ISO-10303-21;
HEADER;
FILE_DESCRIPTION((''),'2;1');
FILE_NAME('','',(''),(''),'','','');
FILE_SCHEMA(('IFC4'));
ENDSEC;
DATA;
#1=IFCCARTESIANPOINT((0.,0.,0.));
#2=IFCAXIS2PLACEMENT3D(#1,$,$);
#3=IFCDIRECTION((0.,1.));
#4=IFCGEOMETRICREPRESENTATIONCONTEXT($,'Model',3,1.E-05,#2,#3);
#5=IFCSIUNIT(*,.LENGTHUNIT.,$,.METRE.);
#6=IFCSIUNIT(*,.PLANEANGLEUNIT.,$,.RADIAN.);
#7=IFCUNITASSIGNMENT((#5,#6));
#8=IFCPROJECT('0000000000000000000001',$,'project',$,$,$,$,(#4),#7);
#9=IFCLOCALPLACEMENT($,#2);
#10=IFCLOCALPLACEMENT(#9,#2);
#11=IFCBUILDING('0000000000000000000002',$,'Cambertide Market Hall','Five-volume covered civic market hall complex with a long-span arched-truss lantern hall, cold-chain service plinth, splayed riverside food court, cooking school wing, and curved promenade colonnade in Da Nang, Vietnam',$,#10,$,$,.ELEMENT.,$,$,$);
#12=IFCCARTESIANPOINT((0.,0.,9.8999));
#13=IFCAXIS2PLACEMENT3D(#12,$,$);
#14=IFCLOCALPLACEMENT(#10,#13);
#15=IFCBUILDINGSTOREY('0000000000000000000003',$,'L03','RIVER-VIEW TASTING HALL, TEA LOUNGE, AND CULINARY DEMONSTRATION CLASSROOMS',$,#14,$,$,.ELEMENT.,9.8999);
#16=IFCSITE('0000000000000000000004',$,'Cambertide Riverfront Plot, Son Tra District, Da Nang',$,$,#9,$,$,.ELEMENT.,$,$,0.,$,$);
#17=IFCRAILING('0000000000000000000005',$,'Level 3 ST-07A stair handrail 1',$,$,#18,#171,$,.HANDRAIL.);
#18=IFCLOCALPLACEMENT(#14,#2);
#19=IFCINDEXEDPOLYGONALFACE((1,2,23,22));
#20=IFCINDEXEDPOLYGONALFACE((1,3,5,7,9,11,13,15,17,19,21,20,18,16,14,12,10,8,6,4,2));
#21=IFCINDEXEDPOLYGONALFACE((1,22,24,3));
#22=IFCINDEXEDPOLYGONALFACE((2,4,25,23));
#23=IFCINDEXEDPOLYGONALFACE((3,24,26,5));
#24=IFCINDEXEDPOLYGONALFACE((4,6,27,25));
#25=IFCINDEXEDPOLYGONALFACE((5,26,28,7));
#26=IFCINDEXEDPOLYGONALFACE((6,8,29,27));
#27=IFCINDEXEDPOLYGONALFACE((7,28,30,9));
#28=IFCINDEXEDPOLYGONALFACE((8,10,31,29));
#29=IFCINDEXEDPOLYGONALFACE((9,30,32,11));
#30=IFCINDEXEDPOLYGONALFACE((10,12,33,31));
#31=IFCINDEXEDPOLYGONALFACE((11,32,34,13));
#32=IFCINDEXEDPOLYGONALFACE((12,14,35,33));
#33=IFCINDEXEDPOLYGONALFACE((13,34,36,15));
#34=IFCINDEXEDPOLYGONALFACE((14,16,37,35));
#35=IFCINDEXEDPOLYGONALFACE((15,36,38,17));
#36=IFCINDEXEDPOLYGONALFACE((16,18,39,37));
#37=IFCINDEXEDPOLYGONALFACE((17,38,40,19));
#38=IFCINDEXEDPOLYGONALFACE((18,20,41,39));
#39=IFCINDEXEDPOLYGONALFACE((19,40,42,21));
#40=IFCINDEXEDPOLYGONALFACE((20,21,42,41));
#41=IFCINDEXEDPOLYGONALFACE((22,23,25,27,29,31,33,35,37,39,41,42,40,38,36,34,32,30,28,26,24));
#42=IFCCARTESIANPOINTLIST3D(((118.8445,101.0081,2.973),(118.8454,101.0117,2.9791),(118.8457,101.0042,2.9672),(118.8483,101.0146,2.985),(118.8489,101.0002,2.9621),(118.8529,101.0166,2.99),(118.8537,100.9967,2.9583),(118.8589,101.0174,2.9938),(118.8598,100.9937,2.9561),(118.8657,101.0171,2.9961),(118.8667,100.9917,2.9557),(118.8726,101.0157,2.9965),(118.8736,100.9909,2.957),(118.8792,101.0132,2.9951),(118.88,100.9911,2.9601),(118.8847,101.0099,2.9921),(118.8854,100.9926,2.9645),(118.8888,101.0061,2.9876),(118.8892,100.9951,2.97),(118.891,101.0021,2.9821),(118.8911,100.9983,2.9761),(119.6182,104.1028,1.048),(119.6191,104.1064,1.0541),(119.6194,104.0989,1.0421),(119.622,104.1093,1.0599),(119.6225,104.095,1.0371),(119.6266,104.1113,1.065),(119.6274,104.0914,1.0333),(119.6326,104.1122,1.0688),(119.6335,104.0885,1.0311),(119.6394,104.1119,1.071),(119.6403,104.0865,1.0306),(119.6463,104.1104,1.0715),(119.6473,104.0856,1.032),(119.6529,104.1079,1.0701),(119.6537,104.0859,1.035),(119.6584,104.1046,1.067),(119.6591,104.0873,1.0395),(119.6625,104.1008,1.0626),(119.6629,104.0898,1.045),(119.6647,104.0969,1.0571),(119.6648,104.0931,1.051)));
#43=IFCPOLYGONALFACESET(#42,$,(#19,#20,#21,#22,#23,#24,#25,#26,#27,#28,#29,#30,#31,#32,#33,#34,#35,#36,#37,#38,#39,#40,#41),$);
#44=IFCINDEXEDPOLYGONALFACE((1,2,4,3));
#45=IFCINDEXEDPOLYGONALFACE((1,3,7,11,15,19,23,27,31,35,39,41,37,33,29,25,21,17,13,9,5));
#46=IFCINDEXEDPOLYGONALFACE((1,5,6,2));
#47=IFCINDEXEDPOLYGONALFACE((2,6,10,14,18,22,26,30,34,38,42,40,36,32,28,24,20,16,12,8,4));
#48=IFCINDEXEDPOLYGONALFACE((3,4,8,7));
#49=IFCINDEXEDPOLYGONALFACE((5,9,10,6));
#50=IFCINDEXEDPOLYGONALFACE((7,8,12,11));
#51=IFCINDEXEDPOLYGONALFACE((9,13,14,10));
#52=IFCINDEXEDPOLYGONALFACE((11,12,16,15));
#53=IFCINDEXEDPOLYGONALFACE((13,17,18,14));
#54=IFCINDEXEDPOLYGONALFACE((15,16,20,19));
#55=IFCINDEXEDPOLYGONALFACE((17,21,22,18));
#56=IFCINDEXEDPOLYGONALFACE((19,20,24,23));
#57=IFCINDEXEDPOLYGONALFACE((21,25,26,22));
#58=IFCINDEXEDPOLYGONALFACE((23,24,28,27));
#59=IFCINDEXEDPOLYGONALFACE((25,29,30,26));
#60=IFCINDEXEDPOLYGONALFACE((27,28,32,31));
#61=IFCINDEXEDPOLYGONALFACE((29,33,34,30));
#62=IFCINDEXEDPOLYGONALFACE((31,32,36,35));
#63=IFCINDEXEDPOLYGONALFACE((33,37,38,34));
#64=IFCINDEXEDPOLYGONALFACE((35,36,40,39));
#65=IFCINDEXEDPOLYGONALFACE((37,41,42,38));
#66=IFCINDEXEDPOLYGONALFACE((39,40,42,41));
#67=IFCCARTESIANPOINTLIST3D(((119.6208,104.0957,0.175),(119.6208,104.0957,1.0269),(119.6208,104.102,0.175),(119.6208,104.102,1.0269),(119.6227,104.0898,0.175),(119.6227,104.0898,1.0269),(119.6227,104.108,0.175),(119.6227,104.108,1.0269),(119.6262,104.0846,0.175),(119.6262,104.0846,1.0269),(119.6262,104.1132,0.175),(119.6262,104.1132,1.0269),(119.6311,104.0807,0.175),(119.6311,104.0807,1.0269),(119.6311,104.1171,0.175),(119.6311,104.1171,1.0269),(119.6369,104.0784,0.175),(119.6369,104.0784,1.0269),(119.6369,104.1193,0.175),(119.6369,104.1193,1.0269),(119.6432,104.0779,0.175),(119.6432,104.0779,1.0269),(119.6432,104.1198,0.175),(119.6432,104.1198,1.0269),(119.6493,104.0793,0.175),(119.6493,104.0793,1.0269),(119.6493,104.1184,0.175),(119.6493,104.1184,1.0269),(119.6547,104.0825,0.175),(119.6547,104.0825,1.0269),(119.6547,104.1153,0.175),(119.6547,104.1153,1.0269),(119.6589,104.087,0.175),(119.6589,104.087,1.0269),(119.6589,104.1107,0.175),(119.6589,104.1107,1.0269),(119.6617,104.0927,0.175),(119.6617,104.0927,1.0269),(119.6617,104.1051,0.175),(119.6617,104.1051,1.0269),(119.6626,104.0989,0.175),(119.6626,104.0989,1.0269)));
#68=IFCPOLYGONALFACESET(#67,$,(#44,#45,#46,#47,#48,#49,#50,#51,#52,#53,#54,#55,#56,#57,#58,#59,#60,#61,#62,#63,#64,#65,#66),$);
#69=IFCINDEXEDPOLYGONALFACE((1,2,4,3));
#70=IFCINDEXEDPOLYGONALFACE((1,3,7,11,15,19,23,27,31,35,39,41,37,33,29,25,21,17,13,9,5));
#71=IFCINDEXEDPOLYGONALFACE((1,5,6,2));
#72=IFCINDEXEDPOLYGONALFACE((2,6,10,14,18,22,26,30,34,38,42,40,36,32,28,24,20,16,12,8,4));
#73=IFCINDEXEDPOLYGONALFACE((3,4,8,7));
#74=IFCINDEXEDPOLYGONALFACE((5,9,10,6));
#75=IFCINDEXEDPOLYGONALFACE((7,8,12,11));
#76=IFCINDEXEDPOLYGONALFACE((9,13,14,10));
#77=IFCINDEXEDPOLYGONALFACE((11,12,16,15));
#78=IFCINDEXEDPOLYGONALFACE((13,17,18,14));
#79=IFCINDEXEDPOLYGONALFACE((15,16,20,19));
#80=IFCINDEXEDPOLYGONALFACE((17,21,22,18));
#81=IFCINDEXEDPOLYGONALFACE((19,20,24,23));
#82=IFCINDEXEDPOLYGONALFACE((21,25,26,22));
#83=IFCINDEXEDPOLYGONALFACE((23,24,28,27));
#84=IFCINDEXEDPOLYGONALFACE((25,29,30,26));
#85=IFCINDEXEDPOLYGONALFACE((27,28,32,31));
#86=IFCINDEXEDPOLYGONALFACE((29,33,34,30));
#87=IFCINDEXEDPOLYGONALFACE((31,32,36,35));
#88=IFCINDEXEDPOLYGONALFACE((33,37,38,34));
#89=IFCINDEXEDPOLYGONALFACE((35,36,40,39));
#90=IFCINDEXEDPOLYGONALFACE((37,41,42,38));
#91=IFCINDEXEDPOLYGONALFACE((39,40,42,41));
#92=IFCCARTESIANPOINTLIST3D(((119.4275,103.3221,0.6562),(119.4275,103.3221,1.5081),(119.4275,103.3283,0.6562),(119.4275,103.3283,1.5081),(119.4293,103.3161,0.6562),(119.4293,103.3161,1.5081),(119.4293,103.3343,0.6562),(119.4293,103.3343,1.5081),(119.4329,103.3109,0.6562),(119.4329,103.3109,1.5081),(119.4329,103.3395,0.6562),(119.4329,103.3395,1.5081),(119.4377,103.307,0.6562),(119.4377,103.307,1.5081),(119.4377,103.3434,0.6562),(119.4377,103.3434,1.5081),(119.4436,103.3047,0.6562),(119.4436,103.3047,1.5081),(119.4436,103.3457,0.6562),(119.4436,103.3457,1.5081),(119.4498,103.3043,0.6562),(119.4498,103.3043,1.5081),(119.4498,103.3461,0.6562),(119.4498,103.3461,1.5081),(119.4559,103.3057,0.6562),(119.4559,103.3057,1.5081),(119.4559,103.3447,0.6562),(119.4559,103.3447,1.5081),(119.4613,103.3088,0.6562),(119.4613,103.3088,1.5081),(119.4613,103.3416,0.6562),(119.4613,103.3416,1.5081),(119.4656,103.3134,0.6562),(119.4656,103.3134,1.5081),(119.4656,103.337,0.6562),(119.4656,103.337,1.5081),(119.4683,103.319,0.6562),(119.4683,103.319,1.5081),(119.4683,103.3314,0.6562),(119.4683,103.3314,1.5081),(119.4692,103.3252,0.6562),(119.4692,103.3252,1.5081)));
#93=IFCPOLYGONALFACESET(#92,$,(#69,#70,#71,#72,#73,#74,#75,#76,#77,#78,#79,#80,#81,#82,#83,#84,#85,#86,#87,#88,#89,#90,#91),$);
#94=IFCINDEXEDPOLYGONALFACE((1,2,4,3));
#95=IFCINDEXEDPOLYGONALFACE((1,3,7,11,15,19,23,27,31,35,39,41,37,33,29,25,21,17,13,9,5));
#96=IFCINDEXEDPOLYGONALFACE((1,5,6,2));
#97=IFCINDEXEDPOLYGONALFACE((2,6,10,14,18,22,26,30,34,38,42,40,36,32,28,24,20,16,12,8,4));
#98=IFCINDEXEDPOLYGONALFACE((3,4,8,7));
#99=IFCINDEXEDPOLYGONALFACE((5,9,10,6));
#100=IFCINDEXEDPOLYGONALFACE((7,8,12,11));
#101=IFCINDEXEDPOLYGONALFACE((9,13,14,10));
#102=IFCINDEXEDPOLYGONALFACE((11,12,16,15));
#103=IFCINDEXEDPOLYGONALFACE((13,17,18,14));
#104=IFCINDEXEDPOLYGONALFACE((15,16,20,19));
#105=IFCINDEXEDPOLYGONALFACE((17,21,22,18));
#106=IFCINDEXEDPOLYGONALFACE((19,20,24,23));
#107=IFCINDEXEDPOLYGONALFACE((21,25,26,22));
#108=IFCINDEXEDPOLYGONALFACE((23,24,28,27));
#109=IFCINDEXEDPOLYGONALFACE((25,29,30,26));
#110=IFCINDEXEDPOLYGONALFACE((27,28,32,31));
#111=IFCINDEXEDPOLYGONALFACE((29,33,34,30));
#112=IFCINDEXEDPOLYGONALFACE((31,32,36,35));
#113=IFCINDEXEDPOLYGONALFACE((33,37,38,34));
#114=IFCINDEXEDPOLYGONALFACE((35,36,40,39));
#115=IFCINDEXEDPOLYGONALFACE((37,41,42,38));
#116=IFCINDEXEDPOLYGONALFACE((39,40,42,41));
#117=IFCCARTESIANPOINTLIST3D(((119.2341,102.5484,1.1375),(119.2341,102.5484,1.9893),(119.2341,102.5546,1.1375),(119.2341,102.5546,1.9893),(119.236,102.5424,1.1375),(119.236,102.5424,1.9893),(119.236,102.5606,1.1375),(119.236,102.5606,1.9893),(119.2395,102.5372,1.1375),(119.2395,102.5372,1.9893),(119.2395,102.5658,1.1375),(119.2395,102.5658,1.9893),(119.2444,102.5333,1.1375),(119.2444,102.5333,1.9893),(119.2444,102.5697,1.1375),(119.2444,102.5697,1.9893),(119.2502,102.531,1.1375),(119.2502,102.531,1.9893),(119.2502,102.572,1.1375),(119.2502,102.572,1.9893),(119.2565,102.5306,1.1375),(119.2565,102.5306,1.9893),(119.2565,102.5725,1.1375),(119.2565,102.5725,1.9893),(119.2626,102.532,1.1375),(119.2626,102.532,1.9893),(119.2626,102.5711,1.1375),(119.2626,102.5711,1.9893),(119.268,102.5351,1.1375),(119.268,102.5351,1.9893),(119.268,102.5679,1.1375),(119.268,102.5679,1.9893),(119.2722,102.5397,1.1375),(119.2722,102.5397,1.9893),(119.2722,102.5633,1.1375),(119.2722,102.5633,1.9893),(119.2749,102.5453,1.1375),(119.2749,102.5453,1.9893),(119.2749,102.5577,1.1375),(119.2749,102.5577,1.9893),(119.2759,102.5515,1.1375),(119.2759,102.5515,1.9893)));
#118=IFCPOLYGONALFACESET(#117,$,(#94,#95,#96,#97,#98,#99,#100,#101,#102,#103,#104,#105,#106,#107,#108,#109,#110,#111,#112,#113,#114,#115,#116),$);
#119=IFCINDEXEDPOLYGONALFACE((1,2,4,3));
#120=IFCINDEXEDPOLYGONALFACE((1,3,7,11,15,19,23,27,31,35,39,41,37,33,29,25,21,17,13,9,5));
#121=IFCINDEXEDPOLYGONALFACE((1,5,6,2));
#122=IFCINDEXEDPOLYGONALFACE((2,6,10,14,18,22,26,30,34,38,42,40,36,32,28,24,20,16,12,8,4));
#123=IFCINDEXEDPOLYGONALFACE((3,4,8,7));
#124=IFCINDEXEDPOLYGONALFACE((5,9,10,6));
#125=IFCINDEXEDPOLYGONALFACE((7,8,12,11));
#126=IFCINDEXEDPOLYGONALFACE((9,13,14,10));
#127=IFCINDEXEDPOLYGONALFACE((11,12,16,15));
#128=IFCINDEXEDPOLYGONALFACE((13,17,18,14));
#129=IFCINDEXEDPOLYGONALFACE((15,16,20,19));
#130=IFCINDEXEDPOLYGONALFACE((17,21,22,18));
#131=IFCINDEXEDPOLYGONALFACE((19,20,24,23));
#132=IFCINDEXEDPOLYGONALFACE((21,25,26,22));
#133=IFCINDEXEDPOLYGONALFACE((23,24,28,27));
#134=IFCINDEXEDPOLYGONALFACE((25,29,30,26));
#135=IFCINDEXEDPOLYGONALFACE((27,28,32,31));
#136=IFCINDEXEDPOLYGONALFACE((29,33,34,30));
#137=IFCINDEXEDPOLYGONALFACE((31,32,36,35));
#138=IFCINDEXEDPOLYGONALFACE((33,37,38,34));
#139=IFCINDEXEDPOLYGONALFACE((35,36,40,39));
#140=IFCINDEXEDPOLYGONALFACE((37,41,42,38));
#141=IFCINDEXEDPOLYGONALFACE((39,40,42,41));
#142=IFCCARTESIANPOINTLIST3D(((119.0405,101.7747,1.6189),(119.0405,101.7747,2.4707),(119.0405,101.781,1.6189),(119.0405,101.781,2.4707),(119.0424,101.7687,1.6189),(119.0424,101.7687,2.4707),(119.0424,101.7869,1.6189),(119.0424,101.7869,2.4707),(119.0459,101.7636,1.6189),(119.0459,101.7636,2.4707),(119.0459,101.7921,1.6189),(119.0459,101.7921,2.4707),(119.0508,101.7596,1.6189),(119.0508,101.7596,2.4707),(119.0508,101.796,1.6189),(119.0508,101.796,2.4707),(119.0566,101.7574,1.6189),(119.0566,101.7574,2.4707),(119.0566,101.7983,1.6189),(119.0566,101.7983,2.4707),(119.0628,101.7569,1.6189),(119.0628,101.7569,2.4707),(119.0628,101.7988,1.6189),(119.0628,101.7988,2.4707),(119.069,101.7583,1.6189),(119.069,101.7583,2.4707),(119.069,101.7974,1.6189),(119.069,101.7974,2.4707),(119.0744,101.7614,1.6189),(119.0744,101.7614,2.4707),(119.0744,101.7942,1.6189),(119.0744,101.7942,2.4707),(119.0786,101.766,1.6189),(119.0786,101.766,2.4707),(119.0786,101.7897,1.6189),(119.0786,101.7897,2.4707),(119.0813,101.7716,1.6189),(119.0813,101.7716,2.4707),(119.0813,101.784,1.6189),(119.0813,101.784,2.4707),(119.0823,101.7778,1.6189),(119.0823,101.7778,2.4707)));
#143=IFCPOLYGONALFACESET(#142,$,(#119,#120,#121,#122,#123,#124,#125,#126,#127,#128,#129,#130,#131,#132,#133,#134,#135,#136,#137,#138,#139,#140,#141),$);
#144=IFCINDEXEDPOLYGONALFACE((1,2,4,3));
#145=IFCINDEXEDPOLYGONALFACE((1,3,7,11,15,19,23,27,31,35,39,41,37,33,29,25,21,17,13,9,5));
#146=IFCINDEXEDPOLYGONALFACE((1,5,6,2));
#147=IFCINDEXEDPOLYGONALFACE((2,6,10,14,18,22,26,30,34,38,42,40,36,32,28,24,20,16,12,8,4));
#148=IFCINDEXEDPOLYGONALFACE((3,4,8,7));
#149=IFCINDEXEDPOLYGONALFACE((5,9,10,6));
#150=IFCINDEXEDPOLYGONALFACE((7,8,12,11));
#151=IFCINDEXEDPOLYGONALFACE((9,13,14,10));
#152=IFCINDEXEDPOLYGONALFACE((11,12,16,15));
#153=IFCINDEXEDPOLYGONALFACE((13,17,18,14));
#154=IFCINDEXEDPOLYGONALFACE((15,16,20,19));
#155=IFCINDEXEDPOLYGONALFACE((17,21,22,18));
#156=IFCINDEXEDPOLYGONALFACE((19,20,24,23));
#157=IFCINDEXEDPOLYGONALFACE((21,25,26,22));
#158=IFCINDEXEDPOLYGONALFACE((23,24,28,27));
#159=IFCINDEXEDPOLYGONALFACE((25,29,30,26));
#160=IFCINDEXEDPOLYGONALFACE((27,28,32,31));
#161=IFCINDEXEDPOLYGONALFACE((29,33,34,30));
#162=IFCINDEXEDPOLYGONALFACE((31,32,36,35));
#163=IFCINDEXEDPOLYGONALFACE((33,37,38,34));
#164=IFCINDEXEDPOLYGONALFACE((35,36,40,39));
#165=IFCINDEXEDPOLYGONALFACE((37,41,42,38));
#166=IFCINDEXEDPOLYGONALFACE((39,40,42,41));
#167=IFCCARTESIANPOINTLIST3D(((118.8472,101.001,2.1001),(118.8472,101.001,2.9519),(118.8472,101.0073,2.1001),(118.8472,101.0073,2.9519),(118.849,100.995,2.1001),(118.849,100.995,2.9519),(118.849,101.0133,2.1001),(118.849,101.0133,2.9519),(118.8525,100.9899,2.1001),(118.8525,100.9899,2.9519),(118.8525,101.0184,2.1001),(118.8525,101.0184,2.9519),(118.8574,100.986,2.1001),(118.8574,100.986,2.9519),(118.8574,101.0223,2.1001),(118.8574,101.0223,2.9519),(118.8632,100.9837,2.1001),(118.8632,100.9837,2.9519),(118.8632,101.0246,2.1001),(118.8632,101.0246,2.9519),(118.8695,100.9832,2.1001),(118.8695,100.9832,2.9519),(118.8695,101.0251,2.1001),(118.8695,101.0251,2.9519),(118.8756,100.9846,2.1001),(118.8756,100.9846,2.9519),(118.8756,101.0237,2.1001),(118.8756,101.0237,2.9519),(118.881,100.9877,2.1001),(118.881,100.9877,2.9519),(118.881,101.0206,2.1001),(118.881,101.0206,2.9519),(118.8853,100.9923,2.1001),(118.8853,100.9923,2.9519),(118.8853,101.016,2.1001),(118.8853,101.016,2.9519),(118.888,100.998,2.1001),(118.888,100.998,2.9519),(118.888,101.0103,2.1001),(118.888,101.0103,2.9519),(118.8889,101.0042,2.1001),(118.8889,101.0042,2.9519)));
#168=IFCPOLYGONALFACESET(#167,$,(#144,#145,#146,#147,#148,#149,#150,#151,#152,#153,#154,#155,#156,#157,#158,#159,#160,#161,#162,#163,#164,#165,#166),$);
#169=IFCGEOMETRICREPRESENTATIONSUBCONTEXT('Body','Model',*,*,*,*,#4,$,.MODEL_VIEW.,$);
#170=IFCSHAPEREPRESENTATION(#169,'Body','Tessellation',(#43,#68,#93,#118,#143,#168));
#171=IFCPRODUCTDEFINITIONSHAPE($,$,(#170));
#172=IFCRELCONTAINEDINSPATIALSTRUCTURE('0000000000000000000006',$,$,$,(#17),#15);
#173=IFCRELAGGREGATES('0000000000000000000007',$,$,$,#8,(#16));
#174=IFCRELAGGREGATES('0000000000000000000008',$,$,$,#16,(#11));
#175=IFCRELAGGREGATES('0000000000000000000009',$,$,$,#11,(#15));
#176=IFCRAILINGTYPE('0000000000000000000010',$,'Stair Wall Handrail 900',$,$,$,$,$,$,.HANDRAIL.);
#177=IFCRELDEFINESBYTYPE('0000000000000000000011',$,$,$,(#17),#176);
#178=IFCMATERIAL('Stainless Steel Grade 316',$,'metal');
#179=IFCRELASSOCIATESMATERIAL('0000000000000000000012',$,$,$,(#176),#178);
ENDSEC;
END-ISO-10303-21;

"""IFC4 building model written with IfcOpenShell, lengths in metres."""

from ifc_helpers import new_model, si_unit, direction, frame, origin, origin_2d, place, context, subcontext, project, spatial, circle, extrude, material, type_object, element, save


model = new_model("IFC4")

# Units and contexts
model_context = context("Model", 3, precision=1e-05, world=origin(), true_north=direction((0.0, 1.0)))
body_context = subcontext(model_context, "Body", "Model", "MODEL_VIEW")
ifc_project = project(units=[si_unit("LENGTHUNIT", "METRE"), si_unit("PLANEANGLEUNIT", "RADIAN")], contexts=[model_context])

# Site, building, storey
site_placement = place(None, origin())
site = spatial("IfcSite", under=ifc_project, at=site_placement, Name="Cambertide Riverfront Plot, Son Tra District, Da Nang", CompositionType="ELEMENT", RefElevation=0.0)
building_placement = place(site_placement, origin())
building = spatial("IfcBuilding", under=site, at=building_placement, Name="Cambertide Market Hall", Description="Five-volume covered civic market hall complex with a long-span arched-truss lantern hall, cold-chain service plinth, splayed riverside food court, cooking school wing, and curved promenade colonnade in Da Nang, Vietnam", CompositionType="ELEMENT")
storey_placement = place(building_placement, frame((0.0, 0.0, 9.8999)))
storey = spatial("IfcBuildingStorey", under=building, at=storey_placement, Name="L03", Description="RIVER-VIEW TASTING HALL, TEA LOUNGE, AND CULINARY DEMONSTRATION CLASSROOMS", CompositionType="ELEMENT", Elevation=9.8999)

# Railing
ifc_material_1 = material(Name="Stainless Steel Grade 316", Category="metal")
railing_type_1 = type_object("IfcRailingType", Name="Stair Wall Handrail 900", PredefinedType="HANDRAIL", material=ifc_material_1)
railing_1_placement = place(storey_placement, frame((119.6416, 104.0989, 0.175)))
element("IfcRailing", 1, at=railing_1_placement, inside=storey, type_object=railing_type_1, Name="Level 3 ST-07A stair handrail 1", PredefinedType="HANDRAIL", context=body_context, shape_type="SweptSolid", body=[
    extrude(circle(Radius=0.0239, at=origin_2d()), frame((0.0, 0.0, 0.876), z_axis=(-0.207654, -0.830616, 0.516678), x_axis=(0.970143, -0.242536, 0.0)), (0.0, 0.0, 1.0), 3.7258),
    extrude(circle(Radius=0.021, at=origin_2d()), origin(), (0.0, 0.0, 1.0), 0.8518),
    extrude(circle(Radius=0.021, at=origin_2d()), frame((-0.1934, -0.7737, 0.4812)), (0.0, 0.0, 1.0), 0.8518),
    extrude(circle(Radius=0.021, at=origin_2d()), frame((-0.3867, -1.5474, 0.9624)), (0.0, 0.0, 1.0), 0.8518),
    extrude(circle(Radius=0.021, at=origin_2d()), frame((-0.5803, -2.321, 1.4438)), (0.0, 0.0, 1.0), 0.8518),
    extrude(circle(Radius=0.021, at=origin_2d()), frame((-0.7737, -3.0947, 1.925)), (0.0, 0.0, 1.0), 0.8518),
])

save(model, "model.ifc")
